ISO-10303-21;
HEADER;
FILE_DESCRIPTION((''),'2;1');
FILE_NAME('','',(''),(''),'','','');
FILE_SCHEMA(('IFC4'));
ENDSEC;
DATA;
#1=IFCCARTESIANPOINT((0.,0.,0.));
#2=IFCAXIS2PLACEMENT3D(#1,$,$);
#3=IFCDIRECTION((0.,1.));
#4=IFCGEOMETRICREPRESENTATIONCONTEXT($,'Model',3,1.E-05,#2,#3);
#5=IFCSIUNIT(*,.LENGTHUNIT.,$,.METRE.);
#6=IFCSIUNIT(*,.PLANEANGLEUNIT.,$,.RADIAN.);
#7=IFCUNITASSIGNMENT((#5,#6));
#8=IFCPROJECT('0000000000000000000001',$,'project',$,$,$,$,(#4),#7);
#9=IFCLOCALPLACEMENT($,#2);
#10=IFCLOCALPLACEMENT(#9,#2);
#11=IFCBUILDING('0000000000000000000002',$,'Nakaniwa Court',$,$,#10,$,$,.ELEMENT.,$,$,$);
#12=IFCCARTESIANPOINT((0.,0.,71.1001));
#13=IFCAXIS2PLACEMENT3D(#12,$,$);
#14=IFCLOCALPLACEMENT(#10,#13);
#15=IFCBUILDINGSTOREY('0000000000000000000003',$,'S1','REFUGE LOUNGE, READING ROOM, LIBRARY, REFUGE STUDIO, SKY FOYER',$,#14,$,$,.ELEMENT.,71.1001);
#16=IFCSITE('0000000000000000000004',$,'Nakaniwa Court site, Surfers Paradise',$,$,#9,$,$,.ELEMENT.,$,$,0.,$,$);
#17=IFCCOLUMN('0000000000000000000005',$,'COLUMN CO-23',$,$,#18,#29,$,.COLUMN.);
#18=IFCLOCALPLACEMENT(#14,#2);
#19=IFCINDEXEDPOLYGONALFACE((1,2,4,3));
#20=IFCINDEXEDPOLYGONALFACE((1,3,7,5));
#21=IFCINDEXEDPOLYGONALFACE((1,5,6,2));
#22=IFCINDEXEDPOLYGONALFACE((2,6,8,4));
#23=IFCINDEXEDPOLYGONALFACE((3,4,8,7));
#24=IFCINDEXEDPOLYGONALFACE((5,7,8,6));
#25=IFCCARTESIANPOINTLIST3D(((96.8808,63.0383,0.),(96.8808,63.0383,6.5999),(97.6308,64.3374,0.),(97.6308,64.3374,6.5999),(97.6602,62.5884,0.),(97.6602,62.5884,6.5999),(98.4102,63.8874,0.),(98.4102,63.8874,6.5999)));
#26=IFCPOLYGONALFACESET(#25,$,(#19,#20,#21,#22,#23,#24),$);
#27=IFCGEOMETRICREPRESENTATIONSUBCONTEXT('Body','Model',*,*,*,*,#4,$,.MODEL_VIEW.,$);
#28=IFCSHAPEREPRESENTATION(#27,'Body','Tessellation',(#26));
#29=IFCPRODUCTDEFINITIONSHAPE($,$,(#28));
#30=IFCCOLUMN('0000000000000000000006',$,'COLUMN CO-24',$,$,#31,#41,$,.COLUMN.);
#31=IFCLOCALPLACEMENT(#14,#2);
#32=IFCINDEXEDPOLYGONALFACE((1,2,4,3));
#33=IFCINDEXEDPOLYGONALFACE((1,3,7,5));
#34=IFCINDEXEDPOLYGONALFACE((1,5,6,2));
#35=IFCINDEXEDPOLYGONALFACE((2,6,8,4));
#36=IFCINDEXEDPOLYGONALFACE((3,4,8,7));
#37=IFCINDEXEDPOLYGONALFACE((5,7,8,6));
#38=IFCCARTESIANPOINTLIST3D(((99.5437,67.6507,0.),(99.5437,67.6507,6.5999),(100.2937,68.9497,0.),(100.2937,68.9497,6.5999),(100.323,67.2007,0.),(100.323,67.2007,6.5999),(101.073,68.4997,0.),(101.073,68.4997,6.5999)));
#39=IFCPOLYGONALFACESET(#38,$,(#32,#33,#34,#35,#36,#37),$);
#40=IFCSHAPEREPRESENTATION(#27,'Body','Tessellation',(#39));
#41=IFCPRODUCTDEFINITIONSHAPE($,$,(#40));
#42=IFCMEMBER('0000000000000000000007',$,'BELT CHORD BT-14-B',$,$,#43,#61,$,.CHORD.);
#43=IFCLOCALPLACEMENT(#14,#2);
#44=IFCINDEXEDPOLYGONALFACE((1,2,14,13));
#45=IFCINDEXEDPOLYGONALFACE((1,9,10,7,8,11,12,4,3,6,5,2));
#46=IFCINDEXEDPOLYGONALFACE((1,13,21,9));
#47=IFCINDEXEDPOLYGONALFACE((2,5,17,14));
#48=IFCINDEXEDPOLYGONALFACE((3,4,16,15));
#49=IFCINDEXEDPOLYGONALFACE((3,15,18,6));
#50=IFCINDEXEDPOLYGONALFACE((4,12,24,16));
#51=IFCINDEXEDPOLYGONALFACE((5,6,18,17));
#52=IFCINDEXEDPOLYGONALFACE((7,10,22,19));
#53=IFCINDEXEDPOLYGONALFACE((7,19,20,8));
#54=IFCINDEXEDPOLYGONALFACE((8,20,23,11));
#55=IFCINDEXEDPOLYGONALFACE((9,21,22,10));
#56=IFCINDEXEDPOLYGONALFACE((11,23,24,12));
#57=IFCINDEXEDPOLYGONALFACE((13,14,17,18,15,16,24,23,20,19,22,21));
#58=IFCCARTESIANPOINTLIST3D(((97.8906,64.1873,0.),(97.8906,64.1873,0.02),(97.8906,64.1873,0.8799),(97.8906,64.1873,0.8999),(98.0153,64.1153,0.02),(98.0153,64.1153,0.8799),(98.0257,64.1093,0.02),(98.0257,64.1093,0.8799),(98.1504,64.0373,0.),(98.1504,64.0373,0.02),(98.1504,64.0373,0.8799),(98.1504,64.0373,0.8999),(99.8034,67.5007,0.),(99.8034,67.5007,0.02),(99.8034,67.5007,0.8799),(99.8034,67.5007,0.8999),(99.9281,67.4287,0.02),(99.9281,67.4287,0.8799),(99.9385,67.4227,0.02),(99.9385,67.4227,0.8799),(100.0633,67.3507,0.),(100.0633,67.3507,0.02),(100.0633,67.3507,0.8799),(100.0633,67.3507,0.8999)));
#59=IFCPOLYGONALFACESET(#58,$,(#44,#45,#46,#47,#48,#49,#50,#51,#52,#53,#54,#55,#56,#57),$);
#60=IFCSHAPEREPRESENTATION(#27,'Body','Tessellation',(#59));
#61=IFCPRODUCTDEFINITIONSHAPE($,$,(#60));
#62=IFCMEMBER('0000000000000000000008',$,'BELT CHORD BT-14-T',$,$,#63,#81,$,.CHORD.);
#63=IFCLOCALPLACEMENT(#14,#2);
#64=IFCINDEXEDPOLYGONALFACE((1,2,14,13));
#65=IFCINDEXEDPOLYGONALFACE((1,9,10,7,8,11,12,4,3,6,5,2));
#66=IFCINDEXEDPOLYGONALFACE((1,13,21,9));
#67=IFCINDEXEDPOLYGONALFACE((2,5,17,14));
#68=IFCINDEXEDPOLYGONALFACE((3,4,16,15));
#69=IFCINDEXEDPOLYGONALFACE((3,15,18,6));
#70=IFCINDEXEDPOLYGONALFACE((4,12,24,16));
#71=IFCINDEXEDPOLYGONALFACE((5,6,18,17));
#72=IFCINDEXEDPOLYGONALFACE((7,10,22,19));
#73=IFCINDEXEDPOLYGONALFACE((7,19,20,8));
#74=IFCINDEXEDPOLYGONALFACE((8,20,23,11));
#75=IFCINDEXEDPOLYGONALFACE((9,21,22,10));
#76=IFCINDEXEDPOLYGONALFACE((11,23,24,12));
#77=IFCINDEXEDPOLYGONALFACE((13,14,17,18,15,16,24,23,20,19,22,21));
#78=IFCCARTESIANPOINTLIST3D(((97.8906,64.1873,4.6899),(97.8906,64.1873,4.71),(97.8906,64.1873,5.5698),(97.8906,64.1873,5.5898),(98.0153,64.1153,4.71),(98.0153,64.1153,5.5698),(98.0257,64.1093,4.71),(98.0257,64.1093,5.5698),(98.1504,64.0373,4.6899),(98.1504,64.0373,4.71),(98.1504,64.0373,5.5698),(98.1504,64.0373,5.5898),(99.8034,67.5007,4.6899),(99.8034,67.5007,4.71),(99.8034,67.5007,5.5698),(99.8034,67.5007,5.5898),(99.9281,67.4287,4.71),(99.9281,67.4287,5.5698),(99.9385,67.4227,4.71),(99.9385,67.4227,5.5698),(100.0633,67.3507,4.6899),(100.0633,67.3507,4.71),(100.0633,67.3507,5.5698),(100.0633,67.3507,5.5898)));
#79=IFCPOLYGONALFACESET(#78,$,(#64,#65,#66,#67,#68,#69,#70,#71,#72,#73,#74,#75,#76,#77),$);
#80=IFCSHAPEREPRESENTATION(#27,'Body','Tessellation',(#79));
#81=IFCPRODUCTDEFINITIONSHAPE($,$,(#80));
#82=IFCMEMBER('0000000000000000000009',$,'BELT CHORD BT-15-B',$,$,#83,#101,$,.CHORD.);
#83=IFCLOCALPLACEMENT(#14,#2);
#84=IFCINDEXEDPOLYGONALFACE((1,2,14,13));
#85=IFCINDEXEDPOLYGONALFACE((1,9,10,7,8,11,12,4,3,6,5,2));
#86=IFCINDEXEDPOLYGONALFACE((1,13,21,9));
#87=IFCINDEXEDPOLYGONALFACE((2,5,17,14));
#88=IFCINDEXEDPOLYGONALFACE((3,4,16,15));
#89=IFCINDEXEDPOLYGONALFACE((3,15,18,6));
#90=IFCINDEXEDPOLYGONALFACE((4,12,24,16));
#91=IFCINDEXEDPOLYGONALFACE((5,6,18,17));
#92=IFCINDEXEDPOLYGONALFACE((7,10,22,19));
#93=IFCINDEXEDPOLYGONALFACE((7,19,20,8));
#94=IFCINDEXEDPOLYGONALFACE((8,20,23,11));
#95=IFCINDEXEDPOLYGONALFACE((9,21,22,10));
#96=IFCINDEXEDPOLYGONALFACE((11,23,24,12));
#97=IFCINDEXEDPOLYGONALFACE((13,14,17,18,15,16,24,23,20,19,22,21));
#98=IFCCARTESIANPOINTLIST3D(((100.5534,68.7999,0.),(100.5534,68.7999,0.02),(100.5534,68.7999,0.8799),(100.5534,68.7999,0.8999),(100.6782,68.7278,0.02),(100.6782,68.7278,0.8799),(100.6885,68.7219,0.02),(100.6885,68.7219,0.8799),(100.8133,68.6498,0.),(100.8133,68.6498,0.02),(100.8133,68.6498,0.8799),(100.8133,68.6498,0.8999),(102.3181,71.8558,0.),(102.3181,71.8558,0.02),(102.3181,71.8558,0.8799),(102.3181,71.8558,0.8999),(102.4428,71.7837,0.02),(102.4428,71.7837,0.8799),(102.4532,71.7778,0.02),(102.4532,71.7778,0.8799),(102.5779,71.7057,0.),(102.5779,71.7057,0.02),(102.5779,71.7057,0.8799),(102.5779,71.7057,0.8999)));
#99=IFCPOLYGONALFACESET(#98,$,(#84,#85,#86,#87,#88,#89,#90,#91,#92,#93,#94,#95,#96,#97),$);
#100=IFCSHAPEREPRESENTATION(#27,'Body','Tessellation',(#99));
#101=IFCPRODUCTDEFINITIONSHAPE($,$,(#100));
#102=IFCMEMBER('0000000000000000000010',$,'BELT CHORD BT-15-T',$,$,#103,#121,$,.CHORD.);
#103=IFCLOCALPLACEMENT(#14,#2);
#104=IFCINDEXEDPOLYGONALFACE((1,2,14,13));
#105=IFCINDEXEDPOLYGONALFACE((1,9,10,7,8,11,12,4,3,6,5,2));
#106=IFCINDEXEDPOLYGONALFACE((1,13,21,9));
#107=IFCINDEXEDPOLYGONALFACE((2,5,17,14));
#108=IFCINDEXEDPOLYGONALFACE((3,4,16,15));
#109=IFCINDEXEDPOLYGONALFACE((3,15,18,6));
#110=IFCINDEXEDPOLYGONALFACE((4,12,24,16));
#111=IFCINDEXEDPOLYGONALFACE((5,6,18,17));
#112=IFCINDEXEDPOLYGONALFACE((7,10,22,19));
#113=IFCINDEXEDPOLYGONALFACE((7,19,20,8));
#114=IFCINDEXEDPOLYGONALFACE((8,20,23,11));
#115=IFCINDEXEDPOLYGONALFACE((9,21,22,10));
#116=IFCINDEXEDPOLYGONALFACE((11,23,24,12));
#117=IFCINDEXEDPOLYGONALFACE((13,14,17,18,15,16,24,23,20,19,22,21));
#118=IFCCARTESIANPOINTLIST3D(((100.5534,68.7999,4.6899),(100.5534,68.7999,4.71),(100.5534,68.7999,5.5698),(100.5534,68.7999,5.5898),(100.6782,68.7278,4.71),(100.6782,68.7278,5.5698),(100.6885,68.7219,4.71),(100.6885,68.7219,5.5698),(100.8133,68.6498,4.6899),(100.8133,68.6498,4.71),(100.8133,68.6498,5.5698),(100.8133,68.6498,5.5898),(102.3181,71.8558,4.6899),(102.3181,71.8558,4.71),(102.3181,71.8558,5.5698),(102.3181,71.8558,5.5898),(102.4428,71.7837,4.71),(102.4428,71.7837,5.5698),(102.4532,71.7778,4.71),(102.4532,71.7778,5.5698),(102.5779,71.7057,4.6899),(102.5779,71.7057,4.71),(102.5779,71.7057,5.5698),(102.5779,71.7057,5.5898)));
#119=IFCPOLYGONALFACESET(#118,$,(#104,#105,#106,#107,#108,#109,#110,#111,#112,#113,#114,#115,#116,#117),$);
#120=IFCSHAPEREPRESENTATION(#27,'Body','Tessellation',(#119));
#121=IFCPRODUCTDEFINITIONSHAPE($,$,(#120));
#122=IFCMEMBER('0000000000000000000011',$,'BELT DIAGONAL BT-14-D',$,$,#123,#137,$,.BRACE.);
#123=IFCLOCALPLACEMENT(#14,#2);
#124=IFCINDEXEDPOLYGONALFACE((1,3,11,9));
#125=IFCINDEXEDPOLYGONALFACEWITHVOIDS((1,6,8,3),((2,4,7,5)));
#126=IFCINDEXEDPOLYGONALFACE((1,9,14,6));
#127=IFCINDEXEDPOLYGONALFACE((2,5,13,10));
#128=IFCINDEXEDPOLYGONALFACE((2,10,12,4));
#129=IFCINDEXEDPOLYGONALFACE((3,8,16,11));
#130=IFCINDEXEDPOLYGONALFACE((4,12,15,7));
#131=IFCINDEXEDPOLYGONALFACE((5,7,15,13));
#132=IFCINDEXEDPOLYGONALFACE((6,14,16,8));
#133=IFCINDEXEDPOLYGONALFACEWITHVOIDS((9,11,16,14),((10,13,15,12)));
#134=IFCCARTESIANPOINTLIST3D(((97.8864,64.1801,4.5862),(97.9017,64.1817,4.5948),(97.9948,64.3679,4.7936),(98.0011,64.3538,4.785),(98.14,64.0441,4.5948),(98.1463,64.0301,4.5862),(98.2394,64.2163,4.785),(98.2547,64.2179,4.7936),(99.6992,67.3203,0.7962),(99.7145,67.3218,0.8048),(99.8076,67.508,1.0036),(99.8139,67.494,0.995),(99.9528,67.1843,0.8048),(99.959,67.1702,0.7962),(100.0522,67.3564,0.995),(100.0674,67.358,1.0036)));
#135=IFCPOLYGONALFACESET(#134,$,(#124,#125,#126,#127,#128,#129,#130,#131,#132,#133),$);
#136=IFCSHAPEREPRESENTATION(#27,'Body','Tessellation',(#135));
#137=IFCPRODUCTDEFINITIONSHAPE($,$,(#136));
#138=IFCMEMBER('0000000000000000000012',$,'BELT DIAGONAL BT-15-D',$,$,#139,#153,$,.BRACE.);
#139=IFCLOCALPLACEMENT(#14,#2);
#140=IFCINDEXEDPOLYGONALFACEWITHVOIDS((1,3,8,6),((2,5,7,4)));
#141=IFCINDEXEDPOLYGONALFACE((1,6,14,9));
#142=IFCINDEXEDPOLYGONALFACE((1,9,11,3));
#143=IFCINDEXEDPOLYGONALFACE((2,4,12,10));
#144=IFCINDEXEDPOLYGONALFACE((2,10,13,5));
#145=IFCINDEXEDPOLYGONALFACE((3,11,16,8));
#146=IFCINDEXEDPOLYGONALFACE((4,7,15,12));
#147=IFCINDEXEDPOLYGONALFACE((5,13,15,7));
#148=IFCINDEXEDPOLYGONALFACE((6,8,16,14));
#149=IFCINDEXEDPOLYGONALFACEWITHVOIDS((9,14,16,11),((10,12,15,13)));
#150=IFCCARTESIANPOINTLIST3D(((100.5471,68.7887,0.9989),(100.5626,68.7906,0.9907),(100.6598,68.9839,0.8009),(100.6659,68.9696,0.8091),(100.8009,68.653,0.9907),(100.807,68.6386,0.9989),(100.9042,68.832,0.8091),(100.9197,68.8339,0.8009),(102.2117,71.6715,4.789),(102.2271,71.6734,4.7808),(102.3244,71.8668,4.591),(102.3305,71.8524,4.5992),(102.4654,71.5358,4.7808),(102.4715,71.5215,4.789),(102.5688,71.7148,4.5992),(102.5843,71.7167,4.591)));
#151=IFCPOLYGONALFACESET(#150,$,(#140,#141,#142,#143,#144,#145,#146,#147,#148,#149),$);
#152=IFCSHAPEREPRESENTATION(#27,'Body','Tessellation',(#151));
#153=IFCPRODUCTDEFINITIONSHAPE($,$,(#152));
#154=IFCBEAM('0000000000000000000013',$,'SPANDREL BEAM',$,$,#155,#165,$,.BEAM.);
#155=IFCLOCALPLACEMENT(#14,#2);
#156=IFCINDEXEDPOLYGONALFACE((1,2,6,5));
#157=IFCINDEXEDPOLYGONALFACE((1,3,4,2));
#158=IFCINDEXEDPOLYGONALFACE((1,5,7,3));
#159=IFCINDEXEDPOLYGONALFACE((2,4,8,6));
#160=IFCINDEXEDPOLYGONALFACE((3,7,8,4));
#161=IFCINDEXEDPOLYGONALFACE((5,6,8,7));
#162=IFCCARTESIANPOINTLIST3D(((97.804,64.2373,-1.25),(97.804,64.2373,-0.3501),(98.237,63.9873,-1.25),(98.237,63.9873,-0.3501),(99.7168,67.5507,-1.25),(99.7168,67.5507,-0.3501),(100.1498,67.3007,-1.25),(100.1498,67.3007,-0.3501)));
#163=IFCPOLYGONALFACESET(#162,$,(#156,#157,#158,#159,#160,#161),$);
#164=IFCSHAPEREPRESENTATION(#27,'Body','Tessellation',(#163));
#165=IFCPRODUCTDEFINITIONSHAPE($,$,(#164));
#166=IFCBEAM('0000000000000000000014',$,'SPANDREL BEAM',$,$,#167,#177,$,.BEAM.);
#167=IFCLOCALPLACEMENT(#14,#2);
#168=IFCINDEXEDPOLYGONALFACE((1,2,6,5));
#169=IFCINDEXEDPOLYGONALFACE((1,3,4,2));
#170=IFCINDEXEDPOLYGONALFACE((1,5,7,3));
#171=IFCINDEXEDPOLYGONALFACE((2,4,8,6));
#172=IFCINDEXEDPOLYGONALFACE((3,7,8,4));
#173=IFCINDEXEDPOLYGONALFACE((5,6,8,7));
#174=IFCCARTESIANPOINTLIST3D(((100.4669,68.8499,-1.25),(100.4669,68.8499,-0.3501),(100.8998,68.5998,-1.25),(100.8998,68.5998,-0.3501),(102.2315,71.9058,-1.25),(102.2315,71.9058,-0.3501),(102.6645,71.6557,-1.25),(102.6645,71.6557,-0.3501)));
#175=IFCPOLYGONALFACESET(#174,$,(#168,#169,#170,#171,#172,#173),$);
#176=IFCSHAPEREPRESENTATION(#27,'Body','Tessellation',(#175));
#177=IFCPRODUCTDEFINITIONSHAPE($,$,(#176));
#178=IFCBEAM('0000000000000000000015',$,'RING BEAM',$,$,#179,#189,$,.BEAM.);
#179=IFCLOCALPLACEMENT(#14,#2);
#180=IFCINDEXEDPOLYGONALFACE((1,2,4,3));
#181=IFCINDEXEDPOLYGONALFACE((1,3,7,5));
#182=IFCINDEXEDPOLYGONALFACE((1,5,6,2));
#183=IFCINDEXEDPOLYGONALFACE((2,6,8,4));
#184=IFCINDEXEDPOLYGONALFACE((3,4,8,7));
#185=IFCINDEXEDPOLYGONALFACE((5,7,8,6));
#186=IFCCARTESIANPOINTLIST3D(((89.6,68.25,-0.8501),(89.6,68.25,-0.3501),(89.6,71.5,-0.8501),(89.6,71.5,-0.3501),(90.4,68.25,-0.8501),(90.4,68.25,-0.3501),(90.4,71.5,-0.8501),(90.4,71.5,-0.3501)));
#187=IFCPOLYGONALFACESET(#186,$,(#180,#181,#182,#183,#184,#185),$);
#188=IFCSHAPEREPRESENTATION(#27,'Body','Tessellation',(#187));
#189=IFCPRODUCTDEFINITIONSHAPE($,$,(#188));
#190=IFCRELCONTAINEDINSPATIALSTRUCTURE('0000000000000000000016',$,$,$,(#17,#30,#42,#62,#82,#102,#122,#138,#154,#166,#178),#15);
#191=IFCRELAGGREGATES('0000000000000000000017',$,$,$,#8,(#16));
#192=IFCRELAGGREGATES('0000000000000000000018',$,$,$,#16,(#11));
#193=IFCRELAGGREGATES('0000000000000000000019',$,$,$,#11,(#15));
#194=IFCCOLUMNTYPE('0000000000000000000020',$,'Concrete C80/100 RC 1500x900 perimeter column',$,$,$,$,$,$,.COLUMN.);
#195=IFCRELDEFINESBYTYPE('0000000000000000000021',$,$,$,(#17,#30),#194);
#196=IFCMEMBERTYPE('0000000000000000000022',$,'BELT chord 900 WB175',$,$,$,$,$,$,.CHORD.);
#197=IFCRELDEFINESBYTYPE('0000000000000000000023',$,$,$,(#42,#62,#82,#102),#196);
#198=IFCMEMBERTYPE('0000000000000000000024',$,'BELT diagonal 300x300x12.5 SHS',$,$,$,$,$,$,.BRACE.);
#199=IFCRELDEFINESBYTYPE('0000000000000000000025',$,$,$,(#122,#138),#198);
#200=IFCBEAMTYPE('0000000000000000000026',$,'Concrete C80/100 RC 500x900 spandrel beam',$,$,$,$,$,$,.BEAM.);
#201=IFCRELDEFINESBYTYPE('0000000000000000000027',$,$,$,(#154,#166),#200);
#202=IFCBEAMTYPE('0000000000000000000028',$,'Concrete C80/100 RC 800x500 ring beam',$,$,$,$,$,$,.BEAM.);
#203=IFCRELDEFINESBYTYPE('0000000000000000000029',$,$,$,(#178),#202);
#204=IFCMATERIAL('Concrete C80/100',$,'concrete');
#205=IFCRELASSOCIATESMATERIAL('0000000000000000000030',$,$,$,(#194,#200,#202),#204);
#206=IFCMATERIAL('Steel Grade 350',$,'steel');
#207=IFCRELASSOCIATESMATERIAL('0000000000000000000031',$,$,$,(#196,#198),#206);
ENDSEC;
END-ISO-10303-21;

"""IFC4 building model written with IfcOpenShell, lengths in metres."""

from ifc_helpers import new_model, si_unit, direction, frame, origin, origin_2d, place, context, subcontext, project, spatial, rectangle, hollow_rectangle, i_section, extrude, material, material_profile, profile_set, type_object, element, save


model = new_model("IFC4")

# Units and contexts
model_context = context("Model", 3, precision=1e-05, world=origin(), true_north=direction((0.0, 1.0)))
body_context = subcontext(model_context, "Body", "Model", "MODEL_VIEW")
ifc_project = project(units=[si_unit("LENGTHUNIT", "METRE"), si_unit("PLANEANGLEUNIT", "RADIAN")], contexts=[model_context])

# Site, building, storey
site_placement = place(None, origin())
site = spatial("IfcSite", under=ifc_project, at=site_placement, Name="Nakaniwa Court site, Surfers Paradise", CompositionType="ELEMENT", RefElevation=0.0)
building_placement = place(site_placement, origin())
building = spatial("IfcBuilding", under=site, at=building_placement, Name="Nakaniwa Court", CompositionType="ELEMENT")
storey_placement = place(building_placement, frame((0.0, 0.0, 71.1001)))
storey = spatial("IfcBuildingStorey", under=building, at=storey_placement, Name="S1", Description="REFUGE LOUNGE, READING ROOM, LIBRARY, REFUGE STUDIO, SKY FOYER", CompositionType="ELEMENT", Elevation=71.1001)

# Columns
ifc_material_1 = material(Name="Concrete C80/100", Category="concrete")
ifc_material_profile_1 = material_profile(ifc_material_1, rectangle(XDim=1.5, YDim=0.8999, at=origin_2d()), Name="Concrete C80/100 RC 1500x900 perimeter column")
ifc_profile_set_1 = profile_set([ifc_material_profile_1], Name="Concrete C80/100")
column_type = type_object("IfcColumnType", Name="Concrete C80/100 RC 1500x900 perimeter column", PredefinedType="COLUMN", material=ifc_profile_set_1)
for number, where, z_axis, x_axis, name in (
    (1, (97.6455, 63.4629, 0.0), (0.0, 0.0, 1.0), (0.5, 0.866025, 0.0), "COLUMN CO-23"),
    (2, (100.3083, 68.0752, 0.0), (0.0, 0.0, 1.0), (0.5, 0.866025, 0.0), "COLUMN CO-24"),
):
    element("IfcColumn", number, at=place(storey_placement, frame(where, z_axis=z_axis, x_axis=x_axis)), inside=storey, type_object=column_type, Name=name, PredefinedType="COLUMN", context=body_context, shape_type="SweptSolid", body=[
        extrude(rectangle(XDim=1.5, YDim=0.8999, at=origin_2d()), origin(), (0.0, 0.0, 1.0), 6.5999),
    ])

# Members
ifc_material_2 = material(Name="Steel Grade 350", Category="steel")
ifc_material_profile_2 = material_profile(ifc_material_2, i_section(OverallWidth=0.3, OverallDepth=0.8999, WebThickness=0.012, FlangeThickness=0.02, at=origin_2d()), Name="900WB175")
ifc_profile_set_2 = profile_set([ifc_material_profile_2], Name="Steel Grade 350")
member_type_1 = type_object("IfcMemberType", Name="BELT chord 900 WB175", PredefinedType="CHORD", material=ifc_profile_set_2)
for number, where, z_axis, x_axis, name in (
    (3, (98.0205, 64.1123, 0.45), (0.499962, 0.866047, 0.0), (-0.866047, 0.499962, 0.0), "BELT CHORD BT-14-B"),
    (4, (98.0205, 64.1123, 5.1399), (0.499962, 0.866047, 0.0), (-0.866047, 0.499962, 0.0), "BELT CHORD BT-14-T"),
):
    element("IfcMember", number, at=place(storey_placement, frame(where, z_axis=z_axis, x_axis=x_axis)), inside=storey, type_object=member_type_1, Name=name, PredefinedType="CHORD", context=body_context, shape_type="SweptSolid", body=[
        extrude(i_section(OverallWidth=0.3, OverallDepth=0.8999, WebThickness=0.012, FlangeThickness=0.02, at=origin_2d()), origin(), (0.0, 0.0, 1.0), 3.8259),
    ])
for number, where, z_axis, x_axis, name in (
    (5, (100.6833, 68.7249, 0.45), (0.500068, 0.865986, 0.0), (-0.865986, 0.500068, 0.0), "BELT CHORD BT-15-B"),
    (6, (100.6833, 68.7249, 5.1399), (0.500068, 0.865986, 0.0), (-0.865986, 0.500068, 0.0), "BELT CHORD BT-15-T"),
):
    element("IfcMember", number, at=place(storey_placement, frame(where, z_axis=z_axis, x_axis=x_axis)), inside=storey, type_object=member_type_1, Name=name, PredefinedType="CHORD", context=body_context, shape_type="SweptSolid", body=[
        extrude(i_section(OverallWidth=0.3, OverallDepth=0.8999, WebThickness=0.012, FlangeThickness=0.02, at=origin_2d()), origin(), (0.0, 0.0, 1.0), 3.5288),
    ])
ifc_material_profile_3 = material_profile(ifc_material_2, hollow_rectangle(XDim=0.3, YDim=0.3, WallThickness=0.0125, at=origin_2d()), Name="BELT diagonal 300x300x12.5 SHS")
ifc_profile_set_3 = profile_set([ifc_material_profile_3], Name="Steel Grade 350")
member_type_2 = type_object("IfcMemberType", Name="BELT diagonal 300x300x12.5 SHS", PredefinedType="BRACE", material=ifc_profile_set_3)
member_1_placement = place(storey_placement, frame((98.0706, 64.199, 4.6899), z_axis=(0.345608, 0.598682, -0.722589), x_axis=(-0.866051, 0.499956, 0.0)))
element("IfcMember", 7, at=member_1_placement, inside=storey, type_object=member_type_2, Name="BELT DIAGONAL BT-14-D", PredefinedType="BRACE", context=body_context, shape_type="SweptSolid", body=[
    extrude(hollow_rectangle(XDim=0.3, YDim=0.3, WallThickness=0.0125, at=origin_2d()), origin(), (0.0, 0.0, 1.0), 5.2451),
])
member_2_placement = place(storey_placement, frame((100.7334, 68.8113, 0.8999), z_axis=(0.329981, 0.57149, 0.751339), x_axis=(-0.866005, 0.500036, 0.0)))
element("IfcMember", 8, at=member_2_placement, inside=storey, type_object=member_type_2, Name="BELT DIAGONAL BT-15-D", PredefinedType="BRACE", context=body_context, shape_type="SweptSolid", body=[
    extrude(hollow_rectangle(XDim=0.3, YDim=0.3, WallThickness=0.0125, at=origin_2d()), origin(), (0.0, 0.0, 1.0), 5.0444),
])

# Beams
ifc_material_profile_4 = material_profile(ifc_material_1, rectangle(XDim=0.5, YDim=0.8999, at=origin_2d()), Name="Concrete C80/100 RC 500x900 spandrel beam")
ifc_profile_set_4 = profile_set([ifc_material_profile_4], Name="Concrete C80/100")
beam_type_1 = type_object("IfcBeamType", Name="Concrete C80/100 RC 500x900 spandrel beam", PredefinedType="BEAM", material=ifc_profile_set_4)
beam_1_placement = place(storey_placement, frame((98.0205, 64.1123, -0.8), z_axis=(0.499962, 0.866047, 0.0), x_axis=(-0.866047, 0.499962, 0.0)))
element("IfcBeam", 9, at=beam_1_placement, inside=storey, type_object=beam_type_1, Name="SPANDREL BEAM", PredefinedType="BEAM", context=body_context, shape_type="SweptSolid", body=[
    extrude(rectangle(XDim=0.5, YDim=0.8999, at=origin_2d()), origin(), (0.0, 0.0, 1.0), 3.8259),
])
beam_2_placement = place(storey_placement, frame((100.6833, 68.7249, -0.8), z_axis=(0.500068, 0.865986, 0.0), x_axis=(-0.865986, 0.500068, 0.0)))
element("IfcBeam", 10, at=beam_2_placement, inside=storey, type_object=beam_type_1, Name="SPANDREL BEAM", PredefinedType="BEAM", context=body_context, shape_type="SweptSolid", body=[
    extrude(rectangle(XDim=0.5, YDim=0.8999, at=origin_2d()), origin(), (0.0, 0.0, 1.0), 3.5288),
])
ifc_material_profile_5 = material_profile(ifc_material_1, rectangle(XDim=0.8, YDim=0.5, at=origin_2d()), Name="Concrete C80/100 RC 800x500 ring beam")
ifc_profile_set_5 = profile_set([ifc_material_profile_5], Name="Concrete C80/100")
beam_type_2 = type_object("IfcBeamType", Name="Concrete C80/100 RC 800x500 ring beam", PredefinedType="BEAM", material=ifc_profile_set_5)
beam_3_placement = place(storey_placement, frame((90.0, 68.25, -0.6001), z_axis=(0.0, 1.0, 0.0), x_axis=(-1.0, 0.0, 0.0)))
element("IfcBeam", 11, at=beam_3_placement, inside=storey, type_object=beam_type_2, Name="RING BEAM", PredefinedType="BEAM", context=body_context, shape_type="SweptSolid", body=[
    extrude(rectangle(XDim=0.8, YDim=0.5, at=origin_2d()), origin(), (0.0, 0.0, 1.0), 3.25),
])

save(model, "model.ifc")
